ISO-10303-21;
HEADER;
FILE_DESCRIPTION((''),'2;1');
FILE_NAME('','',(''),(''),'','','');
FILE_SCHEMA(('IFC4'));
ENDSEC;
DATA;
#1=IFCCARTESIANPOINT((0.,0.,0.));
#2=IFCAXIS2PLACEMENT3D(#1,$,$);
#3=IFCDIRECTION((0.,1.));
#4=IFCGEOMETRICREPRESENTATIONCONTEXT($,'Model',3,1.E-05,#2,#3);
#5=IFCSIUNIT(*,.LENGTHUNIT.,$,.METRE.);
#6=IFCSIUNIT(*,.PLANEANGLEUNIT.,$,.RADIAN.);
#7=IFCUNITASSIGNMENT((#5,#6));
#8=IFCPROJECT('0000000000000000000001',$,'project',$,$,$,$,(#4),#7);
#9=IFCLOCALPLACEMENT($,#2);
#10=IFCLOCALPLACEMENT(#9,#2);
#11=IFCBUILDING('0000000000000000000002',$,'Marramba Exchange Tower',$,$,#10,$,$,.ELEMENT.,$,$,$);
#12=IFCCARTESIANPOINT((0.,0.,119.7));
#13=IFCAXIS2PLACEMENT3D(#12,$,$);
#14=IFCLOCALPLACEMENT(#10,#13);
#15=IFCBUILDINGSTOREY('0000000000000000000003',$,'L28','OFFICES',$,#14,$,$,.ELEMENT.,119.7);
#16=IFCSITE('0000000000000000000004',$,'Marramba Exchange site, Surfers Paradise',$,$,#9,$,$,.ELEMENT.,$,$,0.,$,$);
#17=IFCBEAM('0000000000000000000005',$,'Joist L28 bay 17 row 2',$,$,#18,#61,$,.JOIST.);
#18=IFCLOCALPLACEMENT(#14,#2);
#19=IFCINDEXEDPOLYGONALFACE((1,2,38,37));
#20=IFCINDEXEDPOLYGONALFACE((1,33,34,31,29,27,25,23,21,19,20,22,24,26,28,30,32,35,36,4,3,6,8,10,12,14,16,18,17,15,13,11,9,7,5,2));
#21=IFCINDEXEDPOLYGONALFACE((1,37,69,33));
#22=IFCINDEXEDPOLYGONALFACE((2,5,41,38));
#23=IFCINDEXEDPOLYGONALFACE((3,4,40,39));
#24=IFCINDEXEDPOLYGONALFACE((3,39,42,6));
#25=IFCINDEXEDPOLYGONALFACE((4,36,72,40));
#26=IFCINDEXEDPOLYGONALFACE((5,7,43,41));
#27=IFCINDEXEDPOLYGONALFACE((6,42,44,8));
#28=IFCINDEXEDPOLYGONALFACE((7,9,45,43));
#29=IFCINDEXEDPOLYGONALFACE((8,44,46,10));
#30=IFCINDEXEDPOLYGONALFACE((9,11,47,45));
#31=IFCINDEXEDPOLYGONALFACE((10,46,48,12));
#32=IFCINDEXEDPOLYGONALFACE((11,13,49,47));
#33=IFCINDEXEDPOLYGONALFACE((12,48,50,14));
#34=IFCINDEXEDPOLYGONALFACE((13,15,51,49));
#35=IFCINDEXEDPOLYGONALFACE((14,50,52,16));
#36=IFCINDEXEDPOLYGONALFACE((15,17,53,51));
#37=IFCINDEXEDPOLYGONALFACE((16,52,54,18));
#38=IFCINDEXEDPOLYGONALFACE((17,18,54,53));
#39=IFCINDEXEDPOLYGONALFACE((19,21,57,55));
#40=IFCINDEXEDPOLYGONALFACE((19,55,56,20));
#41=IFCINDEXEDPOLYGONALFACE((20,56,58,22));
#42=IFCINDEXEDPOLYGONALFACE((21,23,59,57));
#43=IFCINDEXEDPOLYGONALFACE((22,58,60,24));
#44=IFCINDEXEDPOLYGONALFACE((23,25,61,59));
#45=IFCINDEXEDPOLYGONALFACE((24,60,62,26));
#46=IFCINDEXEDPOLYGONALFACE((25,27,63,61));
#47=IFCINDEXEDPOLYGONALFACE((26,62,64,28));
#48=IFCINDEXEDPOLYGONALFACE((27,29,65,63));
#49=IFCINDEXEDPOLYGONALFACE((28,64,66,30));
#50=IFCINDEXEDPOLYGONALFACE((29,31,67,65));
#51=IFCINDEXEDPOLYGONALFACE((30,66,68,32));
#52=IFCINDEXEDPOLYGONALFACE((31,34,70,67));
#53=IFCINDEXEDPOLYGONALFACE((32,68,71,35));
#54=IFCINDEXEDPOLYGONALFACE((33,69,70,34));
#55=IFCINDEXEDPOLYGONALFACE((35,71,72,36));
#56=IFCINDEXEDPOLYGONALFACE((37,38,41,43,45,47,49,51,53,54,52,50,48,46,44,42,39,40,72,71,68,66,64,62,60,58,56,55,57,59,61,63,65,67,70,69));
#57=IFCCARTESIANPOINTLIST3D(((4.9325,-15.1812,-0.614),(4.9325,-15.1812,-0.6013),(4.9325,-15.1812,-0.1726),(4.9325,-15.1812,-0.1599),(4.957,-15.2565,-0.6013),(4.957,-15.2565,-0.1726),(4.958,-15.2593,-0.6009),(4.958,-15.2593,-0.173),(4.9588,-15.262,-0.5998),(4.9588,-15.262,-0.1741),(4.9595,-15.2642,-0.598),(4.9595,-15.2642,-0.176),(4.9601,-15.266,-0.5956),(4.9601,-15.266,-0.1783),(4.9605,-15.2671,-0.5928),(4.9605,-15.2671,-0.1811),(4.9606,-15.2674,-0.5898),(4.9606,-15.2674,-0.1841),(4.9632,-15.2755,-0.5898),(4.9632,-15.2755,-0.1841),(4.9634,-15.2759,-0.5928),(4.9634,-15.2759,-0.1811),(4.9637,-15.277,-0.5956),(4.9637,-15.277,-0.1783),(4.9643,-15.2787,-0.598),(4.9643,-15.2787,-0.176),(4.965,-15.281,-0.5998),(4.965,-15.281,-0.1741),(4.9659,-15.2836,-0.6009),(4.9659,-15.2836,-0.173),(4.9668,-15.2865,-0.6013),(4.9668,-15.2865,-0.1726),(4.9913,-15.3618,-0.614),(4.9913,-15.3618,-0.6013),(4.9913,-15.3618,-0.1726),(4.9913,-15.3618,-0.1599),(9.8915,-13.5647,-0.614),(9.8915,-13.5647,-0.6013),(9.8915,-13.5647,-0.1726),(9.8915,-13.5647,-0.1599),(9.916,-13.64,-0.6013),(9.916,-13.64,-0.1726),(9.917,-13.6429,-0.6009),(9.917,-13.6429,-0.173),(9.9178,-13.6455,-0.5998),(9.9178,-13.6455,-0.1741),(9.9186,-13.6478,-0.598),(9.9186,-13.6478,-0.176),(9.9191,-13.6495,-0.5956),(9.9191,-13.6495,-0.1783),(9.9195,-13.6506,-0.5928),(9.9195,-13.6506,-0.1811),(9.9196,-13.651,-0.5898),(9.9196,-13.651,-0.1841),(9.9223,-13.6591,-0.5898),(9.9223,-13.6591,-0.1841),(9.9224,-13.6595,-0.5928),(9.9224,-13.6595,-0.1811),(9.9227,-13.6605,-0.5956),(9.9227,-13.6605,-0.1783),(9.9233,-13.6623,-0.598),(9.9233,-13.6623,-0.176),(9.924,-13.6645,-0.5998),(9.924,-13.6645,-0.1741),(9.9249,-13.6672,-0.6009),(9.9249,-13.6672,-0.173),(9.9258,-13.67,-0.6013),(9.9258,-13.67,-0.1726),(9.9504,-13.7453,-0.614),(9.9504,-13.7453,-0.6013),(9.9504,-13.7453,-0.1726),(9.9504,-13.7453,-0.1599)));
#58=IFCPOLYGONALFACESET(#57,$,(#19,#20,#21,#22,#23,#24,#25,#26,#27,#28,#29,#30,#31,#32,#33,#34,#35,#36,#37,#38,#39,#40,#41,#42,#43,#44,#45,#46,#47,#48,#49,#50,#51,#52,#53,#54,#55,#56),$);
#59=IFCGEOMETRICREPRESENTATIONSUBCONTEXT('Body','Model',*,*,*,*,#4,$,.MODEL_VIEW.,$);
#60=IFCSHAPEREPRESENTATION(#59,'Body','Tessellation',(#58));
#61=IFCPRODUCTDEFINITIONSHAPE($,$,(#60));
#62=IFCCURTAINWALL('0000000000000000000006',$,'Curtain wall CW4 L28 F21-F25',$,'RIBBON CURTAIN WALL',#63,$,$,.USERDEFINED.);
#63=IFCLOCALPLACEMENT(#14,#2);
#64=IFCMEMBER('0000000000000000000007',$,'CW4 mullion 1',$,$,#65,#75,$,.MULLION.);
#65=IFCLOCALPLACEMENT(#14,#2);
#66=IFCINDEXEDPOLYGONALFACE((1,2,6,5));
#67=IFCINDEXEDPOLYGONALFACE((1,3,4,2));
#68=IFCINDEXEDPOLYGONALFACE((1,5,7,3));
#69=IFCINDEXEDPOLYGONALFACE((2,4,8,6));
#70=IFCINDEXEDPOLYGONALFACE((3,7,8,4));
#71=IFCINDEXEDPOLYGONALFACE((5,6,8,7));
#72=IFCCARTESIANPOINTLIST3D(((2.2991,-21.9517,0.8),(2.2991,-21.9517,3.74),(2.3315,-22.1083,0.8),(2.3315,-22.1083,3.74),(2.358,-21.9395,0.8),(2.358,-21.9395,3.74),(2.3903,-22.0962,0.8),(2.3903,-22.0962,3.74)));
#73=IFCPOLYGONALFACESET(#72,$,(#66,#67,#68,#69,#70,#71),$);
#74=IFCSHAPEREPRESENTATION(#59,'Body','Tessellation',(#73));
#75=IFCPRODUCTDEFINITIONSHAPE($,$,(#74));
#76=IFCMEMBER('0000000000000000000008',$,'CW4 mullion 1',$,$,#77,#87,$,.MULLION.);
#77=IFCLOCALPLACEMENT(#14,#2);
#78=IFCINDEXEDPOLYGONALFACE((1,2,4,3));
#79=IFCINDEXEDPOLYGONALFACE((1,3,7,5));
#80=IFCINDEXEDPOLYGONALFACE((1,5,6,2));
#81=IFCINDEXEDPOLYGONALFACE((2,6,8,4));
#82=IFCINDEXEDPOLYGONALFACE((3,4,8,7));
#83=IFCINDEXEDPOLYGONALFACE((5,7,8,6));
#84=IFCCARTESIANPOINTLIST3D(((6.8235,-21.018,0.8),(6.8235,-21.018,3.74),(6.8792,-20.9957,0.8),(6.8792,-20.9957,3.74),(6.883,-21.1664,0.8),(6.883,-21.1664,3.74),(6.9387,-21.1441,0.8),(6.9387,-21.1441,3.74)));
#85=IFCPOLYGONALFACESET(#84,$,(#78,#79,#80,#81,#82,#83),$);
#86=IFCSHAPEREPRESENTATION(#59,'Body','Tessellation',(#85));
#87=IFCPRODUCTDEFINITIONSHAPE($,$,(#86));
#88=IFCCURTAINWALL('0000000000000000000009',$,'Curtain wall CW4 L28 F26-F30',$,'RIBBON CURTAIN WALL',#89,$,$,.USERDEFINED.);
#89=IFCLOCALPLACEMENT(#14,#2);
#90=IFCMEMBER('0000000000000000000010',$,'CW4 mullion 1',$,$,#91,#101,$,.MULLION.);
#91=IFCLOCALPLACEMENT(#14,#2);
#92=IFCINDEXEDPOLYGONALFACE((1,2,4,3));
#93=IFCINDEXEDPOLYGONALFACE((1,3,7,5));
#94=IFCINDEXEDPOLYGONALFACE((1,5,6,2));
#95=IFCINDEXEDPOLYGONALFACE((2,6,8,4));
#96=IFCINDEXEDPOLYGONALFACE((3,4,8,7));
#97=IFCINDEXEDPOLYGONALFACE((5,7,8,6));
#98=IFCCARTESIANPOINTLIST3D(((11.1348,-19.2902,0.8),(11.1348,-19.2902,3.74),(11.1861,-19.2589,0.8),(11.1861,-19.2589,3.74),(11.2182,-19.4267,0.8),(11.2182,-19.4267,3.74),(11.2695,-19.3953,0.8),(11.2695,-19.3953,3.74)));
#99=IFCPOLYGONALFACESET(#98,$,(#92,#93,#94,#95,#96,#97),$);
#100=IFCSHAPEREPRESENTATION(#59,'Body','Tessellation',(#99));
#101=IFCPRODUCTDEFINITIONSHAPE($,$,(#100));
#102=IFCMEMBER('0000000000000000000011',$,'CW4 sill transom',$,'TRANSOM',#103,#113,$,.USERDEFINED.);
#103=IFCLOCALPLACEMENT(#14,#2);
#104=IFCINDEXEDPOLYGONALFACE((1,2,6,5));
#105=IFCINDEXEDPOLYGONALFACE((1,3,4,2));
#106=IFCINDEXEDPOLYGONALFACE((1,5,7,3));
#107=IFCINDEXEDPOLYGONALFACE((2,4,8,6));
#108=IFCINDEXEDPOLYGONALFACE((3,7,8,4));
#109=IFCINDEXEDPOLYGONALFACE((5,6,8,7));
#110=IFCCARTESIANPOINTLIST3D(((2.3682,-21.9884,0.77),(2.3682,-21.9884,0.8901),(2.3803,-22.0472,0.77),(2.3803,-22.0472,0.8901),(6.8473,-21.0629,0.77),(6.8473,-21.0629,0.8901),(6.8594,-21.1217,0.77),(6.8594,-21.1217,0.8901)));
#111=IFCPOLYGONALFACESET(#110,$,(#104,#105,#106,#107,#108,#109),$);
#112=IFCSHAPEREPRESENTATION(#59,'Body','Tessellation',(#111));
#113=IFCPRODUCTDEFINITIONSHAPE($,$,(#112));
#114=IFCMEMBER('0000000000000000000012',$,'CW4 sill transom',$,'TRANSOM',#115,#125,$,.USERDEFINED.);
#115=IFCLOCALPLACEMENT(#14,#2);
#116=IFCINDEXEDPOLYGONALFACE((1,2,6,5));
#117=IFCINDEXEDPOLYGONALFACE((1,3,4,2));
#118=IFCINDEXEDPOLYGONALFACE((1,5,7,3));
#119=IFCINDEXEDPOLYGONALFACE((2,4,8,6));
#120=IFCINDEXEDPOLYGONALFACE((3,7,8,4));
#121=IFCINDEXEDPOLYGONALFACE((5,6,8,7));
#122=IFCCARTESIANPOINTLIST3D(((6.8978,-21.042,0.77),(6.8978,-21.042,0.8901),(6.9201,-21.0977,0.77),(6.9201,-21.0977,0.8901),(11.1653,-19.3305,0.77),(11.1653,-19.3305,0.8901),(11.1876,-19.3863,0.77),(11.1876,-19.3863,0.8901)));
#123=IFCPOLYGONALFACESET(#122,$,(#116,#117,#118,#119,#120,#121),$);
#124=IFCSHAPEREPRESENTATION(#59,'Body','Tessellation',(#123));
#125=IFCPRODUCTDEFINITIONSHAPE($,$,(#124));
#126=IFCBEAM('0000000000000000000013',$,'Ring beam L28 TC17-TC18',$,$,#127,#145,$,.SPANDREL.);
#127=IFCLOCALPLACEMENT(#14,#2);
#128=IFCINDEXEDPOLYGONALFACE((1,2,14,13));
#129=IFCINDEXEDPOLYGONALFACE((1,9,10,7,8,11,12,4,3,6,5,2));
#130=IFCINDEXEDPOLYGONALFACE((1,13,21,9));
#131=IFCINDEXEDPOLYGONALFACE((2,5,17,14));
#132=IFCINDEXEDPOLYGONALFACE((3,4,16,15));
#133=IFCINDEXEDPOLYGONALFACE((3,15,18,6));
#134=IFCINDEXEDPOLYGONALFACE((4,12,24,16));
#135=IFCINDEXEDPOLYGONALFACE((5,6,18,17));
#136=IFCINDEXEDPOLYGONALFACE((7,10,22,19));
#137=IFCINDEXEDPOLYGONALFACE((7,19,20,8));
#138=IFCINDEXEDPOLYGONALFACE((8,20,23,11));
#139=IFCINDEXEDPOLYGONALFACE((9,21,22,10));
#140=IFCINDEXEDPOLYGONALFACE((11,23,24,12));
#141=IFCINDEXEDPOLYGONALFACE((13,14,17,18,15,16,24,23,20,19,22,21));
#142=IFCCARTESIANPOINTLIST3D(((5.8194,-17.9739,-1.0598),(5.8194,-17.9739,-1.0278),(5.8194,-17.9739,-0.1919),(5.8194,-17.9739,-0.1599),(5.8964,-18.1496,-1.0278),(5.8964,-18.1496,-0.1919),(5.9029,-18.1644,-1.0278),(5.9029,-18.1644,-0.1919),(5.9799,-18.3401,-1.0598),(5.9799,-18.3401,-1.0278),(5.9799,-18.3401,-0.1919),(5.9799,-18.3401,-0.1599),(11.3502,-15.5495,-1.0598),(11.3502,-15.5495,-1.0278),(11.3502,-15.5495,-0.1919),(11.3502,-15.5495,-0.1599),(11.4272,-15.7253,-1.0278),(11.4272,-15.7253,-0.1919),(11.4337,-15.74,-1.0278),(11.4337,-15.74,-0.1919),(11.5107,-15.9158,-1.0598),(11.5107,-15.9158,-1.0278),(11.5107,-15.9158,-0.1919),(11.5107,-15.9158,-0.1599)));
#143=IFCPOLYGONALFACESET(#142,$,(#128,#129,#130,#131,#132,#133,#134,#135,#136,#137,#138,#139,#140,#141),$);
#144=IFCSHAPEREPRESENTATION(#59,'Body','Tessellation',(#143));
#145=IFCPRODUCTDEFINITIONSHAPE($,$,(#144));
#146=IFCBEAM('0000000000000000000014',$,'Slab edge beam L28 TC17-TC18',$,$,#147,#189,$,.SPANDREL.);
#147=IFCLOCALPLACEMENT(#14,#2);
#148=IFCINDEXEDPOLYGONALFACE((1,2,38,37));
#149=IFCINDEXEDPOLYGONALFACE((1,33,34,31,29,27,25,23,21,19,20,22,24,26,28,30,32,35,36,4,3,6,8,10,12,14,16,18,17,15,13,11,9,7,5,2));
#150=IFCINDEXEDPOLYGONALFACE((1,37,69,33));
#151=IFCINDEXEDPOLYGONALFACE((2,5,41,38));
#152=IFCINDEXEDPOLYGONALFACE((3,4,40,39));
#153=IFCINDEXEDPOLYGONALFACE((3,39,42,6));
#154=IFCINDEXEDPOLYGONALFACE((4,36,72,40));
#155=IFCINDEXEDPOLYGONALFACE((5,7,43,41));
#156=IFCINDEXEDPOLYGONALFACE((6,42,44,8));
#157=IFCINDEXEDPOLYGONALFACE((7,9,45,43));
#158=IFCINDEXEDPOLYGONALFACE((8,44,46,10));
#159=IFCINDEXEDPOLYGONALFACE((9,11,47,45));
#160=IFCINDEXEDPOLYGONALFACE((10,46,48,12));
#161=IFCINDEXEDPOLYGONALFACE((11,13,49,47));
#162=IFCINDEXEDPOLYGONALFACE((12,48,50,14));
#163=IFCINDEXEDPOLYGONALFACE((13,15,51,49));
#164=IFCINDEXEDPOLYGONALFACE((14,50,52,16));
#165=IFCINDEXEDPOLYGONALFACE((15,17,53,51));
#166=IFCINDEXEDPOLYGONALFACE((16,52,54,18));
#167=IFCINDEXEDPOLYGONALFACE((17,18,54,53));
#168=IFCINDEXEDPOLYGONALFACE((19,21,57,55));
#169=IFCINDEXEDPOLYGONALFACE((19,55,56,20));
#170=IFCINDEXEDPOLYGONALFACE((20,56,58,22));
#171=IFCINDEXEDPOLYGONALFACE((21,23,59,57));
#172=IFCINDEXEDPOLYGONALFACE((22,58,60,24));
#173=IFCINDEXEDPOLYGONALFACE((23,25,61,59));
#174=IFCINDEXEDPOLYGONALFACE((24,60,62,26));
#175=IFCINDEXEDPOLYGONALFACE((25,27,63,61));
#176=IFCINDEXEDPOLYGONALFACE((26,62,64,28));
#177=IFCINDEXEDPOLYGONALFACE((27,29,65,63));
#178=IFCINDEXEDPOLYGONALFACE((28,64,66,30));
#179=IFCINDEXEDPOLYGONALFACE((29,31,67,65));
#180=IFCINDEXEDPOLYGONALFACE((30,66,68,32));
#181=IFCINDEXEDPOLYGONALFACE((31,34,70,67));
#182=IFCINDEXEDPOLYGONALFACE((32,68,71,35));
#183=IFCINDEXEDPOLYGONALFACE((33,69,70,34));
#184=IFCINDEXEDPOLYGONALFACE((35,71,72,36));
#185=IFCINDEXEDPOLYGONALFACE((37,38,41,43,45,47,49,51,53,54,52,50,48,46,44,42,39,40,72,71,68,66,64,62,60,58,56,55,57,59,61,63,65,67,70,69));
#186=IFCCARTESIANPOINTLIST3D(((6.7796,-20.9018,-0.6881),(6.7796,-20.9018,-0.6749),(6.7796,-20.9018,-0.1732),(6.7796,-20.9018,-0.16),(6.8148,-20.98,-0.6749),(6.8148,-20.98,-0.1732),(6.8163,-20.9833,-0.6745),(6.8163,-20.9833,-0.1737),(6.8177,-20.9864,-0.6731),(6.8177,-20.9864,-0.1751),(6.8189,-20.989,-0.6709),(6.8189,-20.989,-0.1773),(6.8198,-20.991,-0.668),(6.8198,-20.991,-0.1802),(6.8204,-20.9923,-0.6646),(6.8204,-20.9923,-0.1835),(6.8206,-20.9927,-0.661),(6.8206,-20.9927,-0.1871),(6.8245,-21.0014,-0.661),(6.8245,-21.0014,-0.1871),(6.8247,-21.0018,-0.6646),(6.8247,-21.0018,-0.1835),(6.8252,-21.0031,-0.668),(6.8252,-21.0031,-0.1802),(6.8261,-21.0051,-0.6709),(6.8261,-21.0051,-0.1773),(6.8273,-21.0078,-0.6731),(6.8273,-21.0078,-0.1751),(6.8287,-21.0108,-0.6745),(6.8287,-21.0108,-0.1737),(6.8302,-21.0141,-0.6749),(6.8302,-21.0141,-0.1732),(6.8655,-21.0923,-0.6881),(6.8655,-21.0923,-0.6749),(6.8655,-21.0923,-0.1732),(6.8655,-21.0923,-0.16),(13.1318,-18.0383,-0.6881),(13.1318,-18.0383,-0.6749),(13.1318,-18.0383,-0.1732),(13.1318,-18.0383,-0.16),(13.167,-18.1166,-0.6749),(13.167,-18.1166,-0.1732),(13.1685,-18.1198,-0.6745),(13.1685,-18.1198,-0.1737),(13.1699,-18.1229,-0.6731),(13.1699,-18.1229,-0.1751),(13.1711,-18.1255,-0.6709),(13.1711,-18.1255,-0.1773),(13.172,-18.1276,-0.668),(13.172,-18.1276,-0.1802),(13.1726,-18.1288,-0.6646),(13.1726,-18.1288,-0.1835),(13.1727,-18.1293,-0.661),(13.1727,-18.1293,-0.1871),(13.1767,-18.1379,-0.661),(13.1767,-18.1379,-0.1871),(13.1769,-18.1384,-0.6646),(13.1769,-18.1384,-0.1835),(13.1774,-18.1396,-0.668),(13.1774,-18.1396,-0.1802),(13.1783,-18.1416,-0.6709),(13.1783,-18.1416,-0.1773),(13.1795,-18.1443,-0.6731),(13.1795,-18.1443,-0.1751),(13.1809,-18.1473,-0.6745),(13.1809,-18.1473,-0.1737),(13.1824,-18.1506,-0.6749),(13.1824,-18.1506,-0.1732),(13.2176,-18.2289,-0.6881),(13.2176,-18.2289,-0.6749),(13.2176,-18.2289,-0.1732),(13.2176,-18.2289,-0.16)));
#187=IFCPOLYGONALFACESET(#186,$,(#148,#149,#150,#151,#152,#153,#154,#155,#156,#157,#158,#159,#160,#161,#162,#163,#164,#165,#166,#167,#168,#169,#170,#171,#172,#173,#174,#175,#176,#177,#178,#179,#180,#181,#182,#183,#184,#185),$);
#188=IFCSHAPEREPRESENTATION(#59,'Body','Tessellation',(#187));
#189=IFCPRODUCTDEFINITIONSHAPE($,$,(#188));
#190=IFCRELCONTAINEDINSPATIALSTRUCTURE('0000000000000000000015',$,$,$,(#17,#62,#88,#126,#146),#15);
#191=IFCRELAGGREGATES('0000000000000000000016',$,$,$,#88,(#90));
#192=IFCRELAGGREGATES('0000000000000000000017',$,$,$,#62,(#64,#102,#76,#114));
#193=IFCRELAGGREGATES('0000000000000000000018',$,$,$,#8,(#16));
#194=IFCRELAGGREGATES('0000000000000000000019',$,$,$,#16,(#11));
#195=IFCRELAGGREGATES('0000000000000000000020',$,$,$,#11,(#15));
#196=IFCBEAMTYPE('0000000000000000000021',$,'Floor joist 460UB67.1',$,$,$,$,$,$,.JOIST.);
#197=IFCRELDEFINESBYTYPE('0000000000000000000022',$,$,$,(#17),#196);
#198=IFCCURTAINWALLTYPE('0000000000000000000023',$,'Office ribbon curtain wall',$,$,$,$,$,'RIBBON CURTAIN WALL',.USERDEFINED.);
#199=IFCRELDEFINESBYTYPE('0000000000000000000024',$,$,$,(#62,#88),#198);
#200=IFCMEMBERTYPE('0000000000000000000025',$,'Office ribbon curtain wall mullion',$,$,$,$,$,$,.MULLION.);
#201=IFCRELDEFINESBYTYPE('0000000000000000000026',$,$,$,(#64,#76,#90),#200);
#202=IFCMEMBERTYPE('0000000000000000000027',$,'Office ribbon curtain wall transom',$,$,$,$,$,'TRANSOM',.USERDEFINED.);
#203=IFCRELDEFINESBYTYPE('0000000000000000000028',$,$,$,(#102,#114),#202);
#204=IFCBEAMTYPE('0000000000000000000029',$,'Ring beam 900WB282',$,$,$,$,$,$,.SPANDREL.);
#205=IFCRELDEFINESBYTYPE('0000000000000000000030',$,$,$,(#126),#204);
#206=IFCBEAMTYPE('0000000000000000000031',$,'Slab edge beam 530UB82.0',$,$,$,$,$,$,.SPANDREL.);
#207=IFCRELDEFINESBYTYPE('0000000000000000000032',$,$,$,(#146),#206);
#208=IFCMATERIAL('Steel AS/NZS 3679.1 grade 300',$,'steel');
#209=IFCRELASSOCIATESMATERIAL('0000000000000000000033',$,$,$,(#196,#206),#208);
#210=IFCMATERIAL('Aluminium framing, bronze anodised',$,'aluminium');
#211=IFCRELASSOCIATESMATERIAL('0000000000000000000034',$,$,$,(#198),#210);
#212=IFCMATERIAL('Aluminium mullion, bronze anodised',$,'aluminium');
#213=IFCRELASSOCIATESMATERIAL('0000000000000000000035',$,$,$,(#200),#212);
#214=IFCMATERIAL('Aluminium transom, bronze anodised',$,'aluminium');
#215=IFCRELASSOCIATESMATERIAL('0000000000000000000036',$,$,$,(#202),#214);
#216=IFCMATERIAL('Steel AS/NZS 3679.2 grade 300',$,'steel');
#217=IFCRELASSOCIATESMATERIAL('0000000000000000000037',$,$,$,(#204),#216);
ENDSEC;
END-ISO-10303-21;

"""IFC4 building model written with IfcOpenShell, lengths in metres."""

from ifc_helpers import new_model, si_unit, direction, frame, origin, origin_2d, place, context, subcontext, project, spatial, rectangle, i_section, extrude, material, material_profile, profile_set, type_object, element, aggregate, save


model = new_model("IFC4")

# Units and contexts
model_context = context("Model", 3, precision=1e-05, world=origin(), true_north=direction((0.0, 1.0)))
body_context = subcontext(model_context, "Body", "Model", "MODEL_VIEW")
ifc_project = project(units=[si_unit("LENGTHUNIT", "METRE"), si_unit("PLANEANGLEUNIT", "RADIAN")], contexts=[model_context])

# Site, building, storey
site_placement = place(None, origin())
site = spatial("IfcSite", under=ifc_project, at=site_placement, Name="Marramba Exchange site, Surfers Paradise", CompositionType="ELEMENT", RefElevation=0.0)
building_placement = place(site_placement, origin())
building = spatial("IfcBuilding", under=site, at=building_placement, Name="Marramba Exchange Tower", CompositionType="ELEMENT")
storey_placement = place(building_placement, frame((0.0, 0.0, 119.7)))
storey = spatial("IfcBuildingStorey", under=building, at=storey_placement, Name="L28", Description="OFFICES", CompositionType="ELEMENT", Elevation=119.7)

# Beam
ifc_material_1 = material(Name="Steel AS/NZS 3679.2 grade 300", Category="steel")
ifc_material_2 = material(Name="Steel AS/NZS 3679.1 grade 300", Category="steel")
ifc_material_profile_1 = material_profile(ifc_material_2, i_section(OverallWidth=0.1899, OverallDepth=0.4541, WebThickness=0.0085, FlangeThickness=0.0127, FilletRadius=0.0115, at=origin_2d()), Name="460UB67.1")
ifc_profile_set_1 = profile_set([ifc_material_profile_1], Name="Steel AS/NZS 3679.1 grade 300")
beam_type_1 = type_object("IfcBeamType", Name="Floor joist 460UB67.1", PredefinedType="JOIST", material=ifc_profile_set_1)
beam_1_placement = place(storey_placement, frame((4.9619, -15.2715, -0.387), z_axis=(0.950764, 0.309916, 0.0), x_axis=(-0.309916, 0.950764, 0.0)))
element("IfcBeam", 1, at=beam_1_placement, inside=storey, type_object=beam_type_1, Name="Joist L28 bay 17 row 2", PredefinedType="JOIST", context=body_context, shape_type="SweptSolid", body=[
    extrude(i_section(OverallWidth=0.1899, OverallDepth=0.4541, WebThickness=0.0085, FlangeThickness=0.0127, FilletRadius=0.0115, at=origin_2d()), origin(), (0.0, 0.0, 1.0), 5.2158),
])

# Curtain wall, members
ifc_material_3 = material(Name="Aluminium framing, bronze anodised", Category="aluminium")
curtain_wall_type = type_object("IfcCurtainWallType", Name="Office ribbon curtain wall", ElementType="RIBBON CURTAIN WALL", PredefinedType="USERDEFINED", material=ifc_material_3)
curtain_wall_1_placement = place(storey_placement, origin())
curtain_wall_1 = element("IfcCurtainWall", 2, at=curtain_wall_1_placement, inside=storey, type_object=curtain_wall_type, Name="Curtain wall CW4 L28 F21-F25", ObjectType="RIBBON CURTAIN WALL", PredefinedType="USERDEFINED")
ifc_material_4 = material(Name="Aluminium mullion, bronze anodised", Category="aluminium")
ifc_material_profile_2 = material_profile(ifc_material_4, rectangle(XDim=0.1599, YDim=0.0601, at=origin_2d()), Name="CW4 mullion 60x160")
ifc_profile_set_2 = profile_set([ifc_material_profile_2], Name="Aluminium mullion, bronze anodised")
member_type_1 = type_object("IfcMemberType", Name="Office ribbon curtain wall mullion", PredefinedType="MULLION", material=ifc_profile_set_2)
member_1_placement = place(storey_placement, frame((2.3447, -22.0239, 0.8), z_axis=(0.0, 0.0, 1.0), x_axis=(-0.202365, 0.97931, 0.0)))
member_1 = element("IfcMember", 3, at=member_1_placement, type_object=member_type_1, Name="CW4 mullion 1", PredefinedType="MULLION", context=body_context, shape_type="SweptSolid", body=[
    extrude(rectangle(XDim=0.1599, YDim=0.0601, at=origin_2d()), origin(), (0.0, 0.0, 1.0), 2.9399),
])
member_2_placement = place(storey_placement, frame((6.8811, -21.0811, 0.8), z_axis=(0.0, 0.0, 1.0), x_axis=(-0.372209, 0.928149, 0.0)))
member_2 = element("IfcMember", 4, at=member_2_placement, type_object=member_type_1, Name="CW4 mullion 1", PredefinedType="MULLION", context=body_context, shape_type="SweptSolid", body=[
    extrude(rectangle(XDim=0.1599, YDim=0.0601, at=origin_2d()), origin(), (0.0, 0.0, 1.0), 2.9399),
])

# Curtain wall, member
curtain_wall_2_placement = place(storey_placement, origin())
curtain_wall_2 = element("IfcCurtainWall", 5, at=curtain_wall_2_placement, inside=storey, type_object=curtain_wall_type, Name="Curtain wall CW4 L28 F26-F30", ObjectType="RIBBON CURTAIN WALL", PredefinedType="USERDEFINED")
member_3_placement = place(storey_placement, frame((11.2021, -19.3428, 0.8), z_axis=(0.0, 0.0, 1.0), x_axis=(-0.521733, 0.853109, 0.0)))
member_3 = element("IfcMember", 6, at=member_3_placement, type_object=member_type_1, Name="CW4 mullion 1", PredefinedType="MULLION", context=body_context, shape_type="SweptSolid", body=[
    extrude(rectangle(XDim=0.1599, YDim=0.0601, at=origin_2d()), origin(), (0.0, 0.0, 1.0), 2.9399),
])
aggregate(curtain_wall_2, [member_3])

# Members
ifc_material_5 = material(Name="Aluminium transom, bronze anodised", Category="aluminium")
ifc_material_profile_3 = material_profile(ifc_material_5, rectangle(XDim=0.0601, YDim=0.1201, at=origin_2d()), Name="CW4 transom 60x120")
ifc_profile_set_3 = profile_set([ifc_material_profile_3], Name="Aluminium transom, bronze anodised")
member_type_2 = type_object("IfcMemberType", Name="Office ribbon curtain wall transom", ElementType="TRANSOM", PredefinedType="USERDEFINED", material=ifc_profile_set_3)
member_4_placement = place(storey_placement, frame((2.3743, -22.0178, 0.8301), z_axis=(0.97931, 0.202364, 0.0), x_axis=(-0.202364, 0.97931, 0.0)))
member_4 = element("IfcMember", 7, at=member_4_placement, type_object=member_type_2, Name="CW4 sill transom", ObjectType="TRANSOM", PredefinedType="USERDEFINED", context=body_context, shape_type="SweptSolid", body=[
    extrude(rectangle(XDim=0.0601, YDim=0.1201, at=origin_2d()), origin(), (0.0, 0.0, 1.0), 4.5737),
])
member_5_placement = place(storey_placement, frame((6.9089, -21.0698, 0.8301), z_axis=(0.928147, 0.372214, 0.0), x_axis=(-0.372214, 0.928147, 0.0)))
member_5 = element("IfcMember", 8, at=member_5_placement, type_object=member_type_2, Name="CW4 sill transom", ObjectType="TRANSOM", PredefinedType="USERDEFINED", context=body_context, shape_type="SweptSolid", body=[
    extrude(rectangle(XDim=0.0601, YDim=0.1201, at=origin_2d()), origin(), (0.0, 0.0, 1.0), 4.5979),
])

# Beams
ifc_material_profile_4 = material_profile(ifc_material_1, i_section(OverallWidth=0.3999, OverallDepth=0.8999, WebThickness=0.0161, FlangeThickness=0.032, at=origin_2d()), Name="900WB282")
ifc_profile_set_4 = profile_set([ifc_material_profile_4], Name="Steel AS/NZS 3679.2 grade 300")
beam_type_2 = type_object("IfcBeamType", Name="Ring beam 900WB282", PredefinedType="SPANDREL", material=ifc_profile_set_4)
beam_2_placement = place(storey_placement, frame((5.8997, -18.157, -0.6099), z_axis=(0.915877, 0.401459, 0.0), x_axis=(-0.401459, 0.915877, 0.0)))
element("IfcBeam", 9, at=beam_2_placement, inside=storey, type_object=beam_type_2, Name="Ring beam L28 TC17-TC18", PredefinedType="SPANDREL", context=body_context, shape_type="SweptSolid", body=[
    extrude(i_section(OverallWidth=0.3999, OverallDepth=0.8999, WebThickness=0.0161, FlangeThickness=0.032, at=origin_2d()), origin(), (0.0, 0.0, 1.0), 6.0388),
])
ifc_material_profile_5 = material_profile(ifc_material_2, i_section(OverallWidth=0.209, OverallDepth=0.5281, WebThickness=0.0095, FlangeThickness=0.0132, FilletRadius=0.0139, at=origin_2d()), Name="530UB82.0")
ifc_profile_set_5 = profile_set([ifc_material_profile_5], Name="Steel AS/NZS 3679.1 grade 300")
beam_type_3 = type_object("IfcBeamType", Name="Slab edge beam 530UB82.0", PredefinedType="SPANDREL", material=ifc_profile_set_5)
beam_3_placement = place(storey_placement, frame((6.8225, -20.9971, -0.4241), z_axis=(0.911653, 0.41096, 0.0), x_axis=(-0.41096, 0.911653, 0.0)))
element("IfcBeam", 10, at=beam_3_placement, inside=storey, type_object=beam_type_3, Name="Slab edge beam L28 TC17-TC18", PredefinedType="SPANDREL", context=body_context, shape_type="SweptSolid", body=[
    extrude(i_section(OverallWidth=0.209, OverallDepth=0.5281, WebThickness=0.0095, FlangeThickness=0.0132, FilletRadius=0.0139, at=origin_2d()), origin(), (0.0, 0.0, 1.0), 6.9678),
])

aggregate(curtain_wall_1, [member_1, member_4, member_2, member_5])

save(model, "model.ifc")
